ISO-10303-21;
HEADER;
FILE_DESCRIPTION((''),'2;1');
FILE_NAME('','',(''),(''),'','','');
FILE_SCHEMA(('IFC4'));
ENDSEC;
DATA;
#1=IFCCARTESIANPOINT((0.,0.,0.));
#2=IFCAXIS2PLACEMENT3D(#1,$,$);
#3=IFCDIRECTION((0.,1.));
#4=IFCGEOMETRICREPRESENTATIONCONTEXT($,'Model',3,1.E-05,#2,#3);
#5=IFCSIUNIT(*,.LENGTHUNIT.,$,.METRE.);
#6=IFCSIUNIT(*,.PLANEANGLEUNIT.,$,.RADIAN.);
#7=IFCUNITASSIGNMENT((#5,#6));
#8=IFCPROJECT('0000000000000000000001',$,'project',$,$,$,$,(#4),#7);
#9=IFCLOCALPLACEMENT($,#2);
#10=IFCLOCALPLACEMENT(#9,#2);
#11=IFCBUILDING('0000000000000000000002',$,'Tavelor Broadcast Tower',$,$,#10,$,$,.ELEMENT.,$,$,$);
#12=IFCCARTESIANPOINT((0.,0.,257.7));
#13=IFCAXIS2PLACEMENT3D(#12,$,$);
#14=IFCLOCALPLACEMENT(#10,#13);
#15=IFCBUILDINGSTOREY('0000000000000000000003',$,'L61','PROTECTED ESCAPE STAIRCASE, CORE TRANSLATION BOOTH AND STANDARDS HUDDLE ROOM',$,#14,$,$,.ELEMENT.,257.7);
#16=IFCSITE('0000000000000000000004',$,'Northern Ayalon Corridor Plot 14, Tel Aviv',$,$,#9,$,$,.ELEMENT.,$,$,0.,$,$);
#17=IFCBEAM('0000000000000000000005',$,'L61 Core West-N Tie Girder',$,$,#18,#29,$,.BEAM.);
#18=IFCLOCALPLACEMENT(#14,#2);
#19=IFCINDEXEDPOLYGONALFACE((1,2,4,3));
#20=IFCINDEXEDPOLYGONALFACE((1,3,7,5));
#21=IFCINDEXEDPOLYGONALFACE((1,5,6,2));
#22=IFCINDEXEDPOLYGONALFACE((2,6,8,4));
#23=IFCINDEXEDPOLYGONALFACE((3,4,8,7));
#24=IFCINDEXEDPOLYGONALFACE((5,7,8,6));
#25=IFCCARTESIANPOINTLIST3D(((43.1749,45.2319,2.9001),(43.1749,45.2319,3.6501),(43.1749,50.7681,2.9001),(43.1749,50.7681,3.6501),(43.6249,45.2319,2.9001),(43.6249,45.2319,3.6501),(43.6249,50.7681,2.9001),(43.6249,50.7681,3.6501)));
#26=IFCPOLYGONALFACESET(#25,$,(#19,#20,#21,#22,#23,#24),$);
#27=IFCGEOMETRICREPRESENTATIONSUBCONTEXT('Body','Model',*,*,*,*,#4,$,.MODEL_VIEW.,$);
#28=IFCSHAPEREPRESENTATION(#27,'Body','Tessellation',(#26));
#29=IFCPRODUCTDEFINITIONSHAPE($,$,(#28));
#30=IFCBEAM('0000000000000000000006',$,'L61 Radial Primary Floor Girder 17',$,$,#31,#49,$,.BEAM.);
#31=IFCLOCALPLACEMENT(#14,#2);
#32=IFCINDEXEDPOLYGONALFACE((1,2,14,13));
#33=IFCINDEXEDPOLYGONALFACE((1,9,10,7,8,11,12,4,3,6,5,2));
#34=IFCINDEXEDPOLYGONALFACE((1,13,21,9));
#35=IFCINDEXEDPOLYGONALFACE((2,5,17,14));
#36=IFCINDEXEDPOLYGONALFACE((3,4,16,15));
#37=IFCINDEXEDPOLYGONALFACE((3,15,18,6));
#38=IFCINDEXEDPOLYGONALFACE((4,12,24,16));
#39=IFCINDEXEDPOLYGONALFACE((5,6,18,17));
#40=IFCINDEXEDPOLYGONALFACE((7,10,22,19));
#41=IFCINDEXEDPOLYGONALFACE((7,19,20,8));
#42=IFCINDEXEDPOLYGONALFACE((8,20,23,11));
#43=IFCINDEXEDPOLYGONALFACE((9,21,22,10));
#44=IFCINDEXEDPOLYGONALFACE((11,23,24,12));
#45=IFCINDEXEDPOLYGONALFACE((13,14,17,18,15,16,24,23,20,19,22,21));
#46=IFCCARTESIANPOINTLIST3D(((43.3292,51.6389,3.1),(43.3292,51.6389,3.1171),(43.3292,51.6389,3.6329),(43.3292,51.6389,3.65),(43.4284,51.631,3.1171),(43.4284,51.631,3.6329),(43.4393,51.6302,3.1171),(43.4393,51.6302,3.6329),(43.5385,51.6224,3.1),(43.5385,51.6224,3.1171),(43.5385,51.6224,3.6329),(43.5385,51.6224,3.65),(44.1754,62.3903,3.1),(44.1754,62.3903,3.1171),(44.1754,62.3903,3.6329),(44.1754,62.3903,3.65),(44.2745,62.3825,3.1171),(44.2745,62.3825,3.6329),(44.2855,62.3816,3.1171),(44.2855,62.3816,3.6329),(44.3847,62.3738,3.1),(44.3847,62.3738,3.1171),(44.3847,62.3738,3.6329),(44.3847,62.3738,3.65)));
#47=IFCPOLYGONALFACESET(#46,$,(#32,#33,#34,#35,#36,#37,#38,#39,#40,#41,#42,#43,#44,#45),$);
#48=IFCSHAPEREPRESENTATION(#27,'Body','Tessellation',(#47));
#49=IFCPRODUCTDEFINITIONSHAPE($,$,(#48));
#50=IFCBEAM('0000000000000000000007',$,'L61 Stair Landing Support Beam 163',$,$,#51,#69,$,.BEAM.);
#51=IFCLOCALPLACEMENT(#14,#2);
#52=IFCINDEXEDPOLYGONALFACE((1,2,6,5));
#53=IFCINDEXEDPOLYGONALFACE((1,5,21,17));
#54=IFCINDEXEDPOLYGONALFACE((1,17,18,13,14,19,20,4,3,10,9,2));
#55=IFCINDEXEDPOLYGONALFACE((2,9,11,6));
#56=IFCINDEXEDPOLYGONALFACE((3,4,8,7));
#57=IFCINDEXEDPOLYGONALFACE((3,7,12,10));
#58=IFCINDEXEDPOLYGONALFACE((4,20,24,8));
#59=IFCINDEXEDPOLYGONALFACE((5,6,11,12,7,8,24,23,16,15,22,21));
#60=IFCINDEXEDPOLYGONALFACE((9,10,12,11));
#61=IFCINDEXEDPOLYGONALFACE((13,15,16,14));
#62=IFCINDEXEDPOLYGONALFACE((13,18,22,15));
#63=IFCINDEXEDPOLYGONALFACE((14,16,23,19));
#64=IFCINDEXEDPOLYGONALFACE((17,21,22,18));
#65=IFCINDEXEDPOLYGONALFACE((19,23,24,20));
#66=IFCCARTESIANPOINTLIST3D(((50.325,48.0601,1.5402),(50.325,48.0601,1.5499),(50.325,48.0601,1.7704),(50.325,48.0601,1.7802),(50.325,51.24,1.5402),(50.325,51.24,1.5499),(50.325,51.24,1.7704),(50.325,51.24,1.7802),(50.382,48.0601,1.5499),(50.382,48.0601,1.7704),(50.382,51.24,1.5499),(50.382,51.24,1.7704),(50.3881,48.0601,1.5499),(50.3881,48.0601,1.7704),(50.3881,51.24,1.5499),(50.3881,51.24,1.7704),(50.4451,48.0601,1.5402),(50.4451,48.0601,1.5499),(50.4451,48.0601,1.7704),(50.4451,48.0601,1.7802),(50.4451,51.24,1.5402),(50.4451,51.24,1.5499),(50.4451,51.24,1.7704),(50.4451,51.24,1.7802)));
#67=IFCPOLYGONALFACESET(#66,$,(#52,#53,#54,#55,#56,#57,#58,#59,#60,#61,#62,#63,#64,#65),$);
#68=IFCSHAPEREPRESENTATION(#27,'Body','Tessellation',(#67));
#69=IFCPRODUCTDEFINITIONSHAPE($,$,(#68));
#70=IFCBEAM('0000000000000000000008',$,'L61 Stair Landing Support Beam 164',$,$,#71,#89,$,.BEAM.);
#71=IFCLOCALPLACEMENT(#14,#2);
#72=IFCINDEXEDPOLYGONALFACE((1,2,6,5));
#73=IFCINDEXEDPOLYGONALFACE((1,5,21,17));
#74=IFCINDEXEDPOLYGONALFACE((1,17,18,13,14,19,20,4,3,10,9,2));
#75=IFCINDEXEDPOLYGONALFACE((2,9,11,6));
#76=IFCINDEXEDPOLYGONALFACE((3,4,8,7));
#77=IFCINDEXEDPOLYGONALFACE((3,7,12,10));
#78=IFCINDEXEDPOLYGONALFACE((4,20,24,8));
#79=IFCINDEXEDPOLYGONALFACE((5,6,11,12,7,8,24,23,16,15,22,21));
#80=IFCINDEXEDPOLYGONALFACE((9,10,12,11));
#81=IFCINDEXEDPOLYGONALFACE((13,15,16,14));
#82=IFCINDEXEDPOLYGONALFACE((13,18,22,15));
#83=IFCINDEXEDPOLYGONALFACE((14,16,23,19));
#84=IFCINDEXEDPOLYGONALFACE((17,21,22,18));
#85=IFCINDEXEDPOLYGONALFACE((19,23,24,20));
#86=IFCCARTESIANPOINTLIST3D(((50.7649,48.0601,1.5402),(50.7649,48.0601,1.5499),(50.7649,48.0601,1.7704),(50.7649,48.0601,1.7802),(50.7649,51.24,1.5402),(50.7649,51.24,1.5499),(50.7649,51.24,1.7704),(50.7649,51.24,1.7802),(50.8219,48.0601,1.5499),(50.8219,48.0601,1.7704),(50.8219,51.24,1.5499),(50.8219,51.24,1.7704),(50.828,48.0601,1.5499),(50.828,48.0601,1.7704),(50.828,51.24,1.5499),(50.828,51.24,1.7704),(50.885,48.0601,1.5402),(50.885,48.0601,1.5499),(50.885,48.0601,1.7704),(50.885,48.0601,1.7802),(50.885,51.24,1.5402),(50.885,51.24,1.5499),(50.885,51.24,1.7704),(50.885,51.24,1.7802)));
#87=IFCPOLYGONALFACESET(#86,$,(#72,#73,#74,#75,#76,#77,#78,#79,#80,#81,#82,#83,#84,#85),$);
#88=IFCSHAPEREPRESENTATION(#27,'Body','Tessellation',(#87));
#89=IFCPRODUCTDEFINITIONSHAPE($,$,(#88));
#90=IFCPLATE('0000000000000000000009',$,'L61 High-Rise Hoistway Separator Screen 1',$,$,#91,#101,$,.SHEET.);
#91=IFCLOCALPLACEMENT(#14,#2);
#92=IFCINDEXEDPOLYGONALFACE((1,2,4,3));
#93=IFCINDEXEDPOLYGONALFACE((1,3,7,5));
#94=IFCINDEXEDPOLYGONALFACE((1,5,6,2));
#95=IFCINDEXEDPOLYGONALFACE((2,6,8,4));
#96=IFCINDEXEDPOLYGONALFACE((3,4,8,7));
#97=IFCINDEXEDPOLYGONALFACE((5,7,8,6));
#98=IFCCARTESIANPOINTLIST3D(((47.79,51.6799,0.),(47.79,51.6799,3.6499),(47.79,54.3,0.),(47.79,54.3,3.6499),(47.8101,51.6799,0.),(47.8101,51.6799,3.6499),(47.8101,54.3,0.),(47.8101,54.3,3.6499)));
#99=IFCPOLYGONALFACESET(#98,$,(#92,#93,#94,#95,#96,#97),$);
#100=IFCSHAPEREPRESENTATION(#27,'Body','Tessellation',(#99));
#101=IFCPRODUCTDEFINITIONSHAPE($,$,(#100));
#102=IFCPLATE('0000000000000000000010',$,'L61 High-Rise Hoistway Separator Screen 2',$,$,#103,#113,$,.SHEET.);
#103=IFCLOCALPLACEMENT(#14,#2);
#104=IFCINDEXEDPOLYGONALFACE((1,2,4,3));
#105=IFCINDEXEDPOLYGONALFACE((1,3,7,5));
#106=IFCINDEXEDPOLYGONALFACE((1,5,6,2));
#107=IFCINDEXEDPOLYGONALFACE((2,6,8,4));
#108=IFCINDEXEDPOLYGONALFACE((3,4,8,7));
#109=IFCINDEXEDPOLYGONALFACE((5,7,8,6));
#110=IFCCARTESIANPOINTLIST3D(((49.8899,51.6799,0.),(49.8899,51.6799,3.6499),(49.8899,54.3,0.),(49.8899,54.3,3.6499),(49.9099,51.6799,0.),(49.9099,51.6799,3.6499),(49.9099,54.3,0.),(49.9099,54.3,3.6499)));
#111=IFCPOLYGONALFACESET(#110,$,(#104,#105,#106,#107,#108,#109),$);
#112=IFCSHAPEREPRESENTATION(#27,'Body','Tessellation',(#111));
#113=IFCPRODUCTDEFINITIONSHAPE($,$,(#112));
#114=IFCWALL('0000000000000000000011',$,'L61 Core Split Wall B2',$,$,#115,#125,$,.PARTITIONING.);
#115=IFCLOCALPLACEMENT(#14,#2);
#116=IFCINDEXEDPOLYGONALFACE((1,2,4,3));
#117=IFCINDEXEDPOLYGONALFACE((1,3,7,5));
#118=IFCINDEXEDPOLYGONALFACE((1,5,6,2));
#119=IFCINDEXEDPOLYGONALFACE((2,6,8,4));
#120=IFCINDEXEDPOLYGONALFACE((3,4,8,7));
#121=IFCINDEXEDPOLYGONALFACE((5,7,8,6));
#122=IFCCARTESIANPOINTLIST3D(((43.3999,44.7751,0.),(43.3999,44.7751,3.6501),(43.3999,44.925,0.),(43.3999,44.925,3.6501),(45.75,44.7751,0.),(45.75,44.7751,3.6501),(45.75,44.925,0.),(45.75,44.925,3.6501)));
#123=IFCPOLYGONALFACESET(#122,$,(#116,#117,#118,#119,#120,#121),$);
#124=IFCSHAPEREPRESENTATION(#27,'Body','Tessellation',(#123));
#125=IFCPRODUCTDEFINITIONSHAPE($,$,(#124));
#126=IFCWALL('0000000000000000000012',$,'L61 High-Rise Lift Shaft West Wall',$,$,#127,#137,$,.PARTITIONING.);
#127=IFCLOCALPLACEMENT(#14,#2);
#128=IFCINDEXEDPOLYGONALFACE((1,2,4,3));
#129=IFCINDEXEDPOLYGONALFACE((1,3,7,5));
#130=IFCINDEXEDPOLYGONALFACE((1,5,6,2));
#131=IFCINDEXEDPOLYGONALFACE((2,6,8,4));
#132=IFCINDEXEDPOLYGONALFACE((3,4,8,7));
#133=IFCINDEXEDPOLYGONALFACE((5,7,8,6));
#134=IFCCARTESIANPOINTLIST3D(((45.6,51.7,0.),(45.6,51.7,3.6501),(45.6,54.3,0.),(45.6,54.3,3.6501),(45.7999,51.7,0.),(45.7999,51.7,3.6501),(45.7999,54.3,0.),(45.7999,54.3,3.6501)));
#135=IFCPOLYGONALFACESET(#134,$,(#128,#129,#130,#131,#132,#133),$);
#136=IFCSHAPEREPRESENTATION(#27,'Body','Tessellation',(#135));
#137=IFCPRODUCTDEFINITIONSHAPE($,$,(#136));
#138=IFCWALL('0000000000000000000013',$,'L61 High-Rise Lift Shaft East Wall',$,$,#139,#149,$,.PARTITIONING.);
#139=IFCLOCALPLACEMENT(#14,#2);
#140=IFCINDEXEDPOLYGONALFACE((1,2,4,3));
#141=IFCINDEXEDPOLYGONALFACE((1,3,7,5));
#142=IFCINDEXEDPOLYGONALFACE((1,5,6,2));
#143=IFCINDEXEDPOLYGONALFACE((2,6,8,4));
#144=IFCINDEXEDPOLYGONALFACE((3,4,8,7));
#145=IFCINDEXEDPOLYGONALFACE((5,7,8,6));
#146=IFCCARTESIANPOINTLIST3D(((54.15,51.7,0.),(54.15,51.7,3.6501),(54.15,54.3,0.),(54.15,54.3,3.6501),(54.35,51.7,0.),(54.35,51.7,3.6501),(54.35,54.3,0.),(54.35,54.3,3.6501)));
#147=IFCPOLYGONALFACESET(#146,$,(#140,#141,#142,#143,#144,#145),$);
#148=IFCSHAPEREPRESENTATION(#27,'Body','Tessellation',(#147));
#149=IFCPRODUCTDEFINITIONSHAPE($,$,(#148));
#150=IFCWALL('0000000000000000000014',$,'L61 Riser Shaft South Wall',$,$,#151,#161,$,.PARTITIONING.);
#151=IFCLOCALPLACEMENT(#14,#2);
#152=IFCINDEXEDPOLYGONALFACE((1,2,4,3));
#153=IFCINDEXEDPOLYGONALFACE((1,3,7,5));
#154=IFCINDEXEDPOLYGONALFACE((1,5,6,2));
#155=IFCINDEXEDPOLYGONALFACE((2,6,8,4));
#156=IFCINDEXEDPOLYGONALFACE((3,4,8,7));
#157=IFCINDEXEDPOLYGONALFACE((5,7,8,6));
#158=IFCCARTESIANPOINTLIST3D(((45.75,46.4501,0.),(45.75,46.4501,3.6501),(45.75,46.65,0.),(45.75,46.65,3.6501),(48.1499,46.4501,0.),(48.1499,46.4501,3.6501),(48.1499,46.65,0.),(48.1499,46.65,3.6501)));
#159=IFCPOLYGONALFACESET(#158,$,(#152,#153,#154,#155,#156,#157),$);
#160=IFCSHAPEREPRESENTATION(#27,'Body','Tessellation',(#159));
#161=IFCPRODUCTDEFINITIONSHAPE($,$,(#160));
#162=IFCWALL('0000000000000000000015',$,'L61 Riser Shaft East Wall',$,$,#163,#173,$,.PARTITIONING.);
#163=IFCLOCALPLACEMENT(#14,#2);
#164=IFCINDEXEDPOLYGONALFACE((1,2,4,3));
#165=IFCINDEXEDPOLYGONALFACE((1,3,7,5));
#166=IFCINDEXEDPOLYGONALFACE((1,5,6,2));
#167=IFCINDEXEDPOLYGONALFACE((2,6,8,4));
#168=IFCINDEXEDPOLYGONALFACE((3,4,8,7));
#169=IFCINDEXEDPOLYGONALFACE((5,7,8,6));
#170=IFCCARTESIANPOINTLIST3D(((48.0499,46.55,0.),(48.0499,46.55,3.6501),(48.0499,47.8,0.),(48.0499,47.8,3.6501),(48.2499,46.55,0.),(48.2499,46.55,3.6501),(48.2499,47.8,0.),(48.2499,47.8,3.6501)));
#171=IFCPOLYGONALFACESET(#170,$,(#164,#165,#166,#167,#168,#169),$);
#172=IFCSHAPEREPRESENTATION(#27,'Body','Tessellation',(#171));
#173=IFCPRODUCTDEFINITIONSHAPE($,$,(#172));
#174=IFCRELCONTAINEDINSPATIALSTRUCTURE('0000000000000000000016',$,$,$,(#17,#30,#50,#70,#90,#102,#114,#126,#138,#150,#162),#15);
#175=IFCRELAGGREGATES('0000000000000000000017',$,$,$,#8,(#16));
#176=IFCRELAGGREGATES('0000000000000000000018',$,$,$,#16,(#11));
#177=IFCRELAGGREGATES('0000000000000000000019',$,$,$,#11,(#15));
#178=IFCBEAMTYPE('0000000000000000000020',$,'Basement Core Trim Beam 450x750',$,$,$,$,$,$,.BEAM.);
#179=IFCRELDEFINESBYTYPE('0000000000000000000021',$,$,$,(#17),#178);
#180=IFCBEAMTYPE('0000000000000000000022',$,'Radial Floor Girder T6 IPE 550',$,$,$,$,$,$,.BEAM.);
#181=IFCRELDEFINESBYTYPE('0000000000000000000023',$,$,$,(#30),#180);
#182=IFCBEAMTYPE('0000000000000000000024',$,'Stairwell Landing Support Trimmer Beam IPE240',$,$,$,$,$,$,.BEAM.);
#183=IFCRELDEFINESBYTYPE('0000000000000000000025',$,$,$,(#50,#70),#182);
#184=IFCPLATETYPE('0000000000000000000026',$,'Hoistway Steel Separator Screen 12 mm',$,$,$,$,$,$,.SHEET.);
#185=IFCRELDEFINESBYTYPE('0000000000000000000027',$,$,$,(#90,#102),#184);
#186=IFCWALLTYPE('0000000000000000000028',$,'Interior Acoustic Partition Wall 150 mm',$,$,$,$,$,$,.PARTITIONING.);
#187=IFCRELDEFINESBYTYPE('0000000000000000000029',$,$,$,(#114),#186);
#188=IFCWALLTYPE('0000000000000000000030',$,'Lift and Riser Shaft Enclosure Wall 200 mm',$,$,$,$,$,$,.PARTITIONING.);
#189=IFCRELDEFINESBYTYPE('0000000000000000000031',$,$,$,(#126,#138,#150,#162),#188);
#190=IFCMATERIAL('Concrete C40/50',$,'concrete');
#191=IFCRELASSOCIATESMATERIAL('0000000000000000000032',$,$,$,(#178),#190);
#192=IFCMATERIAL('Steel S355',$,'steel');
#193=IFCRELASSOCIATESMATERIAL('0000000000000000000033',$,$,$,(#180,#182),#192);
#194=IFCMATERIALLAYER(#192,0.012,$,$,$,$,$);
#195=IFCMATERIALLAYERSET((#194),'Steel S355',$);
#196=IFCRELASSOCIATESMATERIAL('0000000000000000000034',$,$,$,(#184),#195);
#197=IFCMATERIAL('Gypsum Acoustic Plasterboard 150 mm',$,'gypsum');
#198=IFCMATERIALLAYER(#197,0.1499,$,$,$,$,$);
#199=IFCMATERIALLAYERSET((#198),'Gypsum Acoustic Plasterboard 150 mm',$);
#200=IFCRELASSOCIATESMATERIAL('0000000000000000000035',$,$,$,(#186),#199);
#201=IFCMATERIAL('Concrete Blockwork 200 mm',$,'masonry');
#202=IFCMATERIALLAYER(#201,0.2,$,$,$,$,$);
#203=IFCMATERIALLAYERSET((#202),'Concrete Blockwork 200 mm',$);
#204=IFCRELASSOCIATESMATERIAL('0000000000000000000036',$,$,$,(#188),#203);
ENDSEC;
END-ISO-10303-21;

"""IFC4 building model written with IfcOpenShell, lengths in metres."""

from ifc_helpers import new_model, si_unit, direction, frame, frame_2d, origin, origin_2d, place, context, subcontext, project, spatial, rectangle, i_section, extrude, source, transform, mapped, material, layer, layer_set, material_profile, profile_set, type_object, type_shapes, element, save


model = new_model("IFC4")

# Units and contexts
model_context = context("Model", 3, precision=1e-05, world=origin(), true_north=direction((0.0, 1.0)))
body_context = subcontext(model_context, "Body", "Model", "MODEL_VIEW")
ifc_project = project(units=[si_unit("LENGTHUNIT", "METRE"), si_unit("PLANEANGLEUNIT", "RADIAN")], contexts=[model_context])

# Site, building, storey
site_placement = place(None, origin())
site = spatial("IfcSite", under=ifc_project, at=site_placement, Name="Northern Ayalon Corridor Plot 14, Tel Aviv", CompositionType="ELEMENT", RefElevation=0.0)
building_placement = place(site_placement, origin())
building = spatial("IfcBuilding", under=site, at=building_placement, Name="Tavelor Broadcast Tower", CompositionType="ELEMENT")
storey_placement = place(building_placement, frame((0.0, 0.0, 257.7)))
storey = spatial("IfcBuildingStorey", under=building, at=storey_placement, Name="L61", Description="PROTECTED ESCAPE STAIRCASE, CORE TRANSLATION BOOTH AND STANDARDS HUDDLE ROOM", CompositionType="ELEMENT", Elevation=257.7)

# Beams
ifc_material_1 = material(Name="Concrete C40/50", Category="concrete")
ifc_material_profile_1 = material_profile(ifc_material_1, rectangle(XDim=0.45, YDim=0.75, at=origin_2d()), Name="RC 450x750")
ifc_profile_set_1 = profile_set([ifc_material_profile_1], Name="Concrete C40/50")
beam_type_1 = type_object("IfcBeamType", Name="Basement Core Trim Beam 450x750", PredefinedType="BEAM", material=ifc_profile_set_1)
beam_1_placement = place(storey_placement, frame((43.3999, 45.2319, 3.2751), z_axis=(0.0, 1.0, 0.0), x_axis=(-1.0, 0.0, 0.0)))
element("IfcBeam", 1, at=beam_1_placement, inside=storey, type_object=beam_type_1, Name="L61 Core West-N Tie Girder", PredefinedType="BEAM", context=body_context, shape_type="SweptSolid", body=[
    extrude(rectangle(XDim=0.45, YDim=0.75, at=origin_2d()), origin(), (0.0, 0.0, 1.0), 5.5361),
])
ifc_material_2 = material(Name="Steel S355", Category="steel")
ifc_material_profile_2 = material_profile(ifc_material_2, i_section(OverallWidth=0.21, OverallDepth=0.55, WebThickness=0.011, FlangeThickness=0.0171, at=origin_2d()), Name="IPE 550")
ifc_profile_set_2 = profile_set([ifc_material_profile_2], Name="Steel S355")
beam_type_2 = type_object("IfcBeamType", Name="Radial Floor Girder T6 IPE 550", PredefinedType="BEAM", material=ifc_profile_set_2)
beam_2_placement = place(storey_placement, frame((43.4338, 51.6306, 3.375), z_axis=(0.078462, 0.996917, 0.0), x_axis=(-0.996917, 0.078462, 0.0)))
element("IfcBeam", 2, at=beam_2_placement, inside=storey, type_object=beam_type_2, Name="L61 Radial Primary Floor Girder 17", PredefinedType="BEAM", context=body_context, shape_type="SweptSolid", body=[
    extrude(i_section(OverallWidth=0.21, OverallDepth=0.55, WebThickness=0.011, FlangeThickness=0.0171, at=origin_2d()), origin(), (0.0, 0.0, 1.0), 10.7847),
])
ifc_material_profile_3 = material_profile(ifc_material_2, i_section(OverallWidth=0.1201, OverallDepth=0.24, WebThickness=0.0061, FlangeThickness=0.0098, at=origin_2d()), Name="IPE 240")
ifc_profile_set_3 = profile_set([ifc_material_profile_3], Name="Steel S355")
beam_type_3 = type_object("IfcBeamType", Name="Stairwell Landing Support Trimmer Beam IPE240", PredefinedType="BEAM", material=ifc_profile_set_3)
for number, where, z_axis, x_axis, name in (
    (3, (50.385, 48.0601, 1.6602), (0.0, 1.0, 0.0), (-1.0, 0.0, 0.0), "L61 Stair Landing Support Beam 163"),
    (4, (50.825, 48.0601, 1.6602), (0.0, 1.0, 0.0), (-1.0, 0.0, 0.0), "L61 Stair Landing Support Beam 164"),
):
    element("IfcBeam", number, at=place(storey_placement, frame(where, z_axis=z_axis, x_axis=x_axis)), inside=storey, type_object=beam_type_3, Name=name, PredefinedType="BEAM", context=body_context, shape_type="SweptSolid", body=[
        extrude(i_section(OverallWidth=0.1201, OverallDepth=0.24, WebThickness=0.0061, FlangeThickness=0.0098, at=origin_2d()), origin(), (0.0, 0.0, 1.0), 3.1799),
    ])

# Plates
ifc_layer_1 = layer(ifc_material_2, 0.012)
ifc_layer_set_1 = layer_set([ifc_layer_1], Name="Steel S355")
plate_type = type_object("IfcPlateType", Name="Hoistway Steel Separator Screen 12 mm", PredefinedType="SHEET", material=ifc_layer_set_1)
shared_shape = source(origin(), body_context, "Body", "SweptSolid", [
    extrude(rectangle(XDim=0.02, YDim=2.6201, at=origin_2d()), origin(), (0.0, 0.0, 1.0), 3.6499),
])
type_shapes(plate_type, [shared_shape])
for number, where, z_axis, x_axis, name in (
    (5, (47.8, 52.99, 0.0), (0.0, 0.0, 1.0), (1.0, 0.0, 0.0), "L61 High-Rise Hoistway Separator Screen 1"),
    (6, (49.8999, 52.99, 0.0), (0.0, 0.0, 1.0), (1.0, 0.0, 0.0), "L61 High-Rise Hoistway Separator Screen 2"),
):
    element("IfcPlate", number, at=place(storey_placement, frame(where, z_axis=z_axis, x_axis=x_axis)), inside=storey, type_object=plate_type, Name=name, PredefinedType="SHEET", context=body_context, shape_type="MappedRepresentation", body=[
        mapped(shared_shape, transform((0.0, 0.0, 0.0), scale=1.0)),
    ])

# Walls
ifc_material_3 = material(Name="Gypsum Acoustic Plasterboard 150 mm", Category="gypsum")
ifc_layer_2 = layer(ifc_material_3, 0.1499)
ifc_layer_set_2 = layer_set([ifc_layer_2], Name="Gypsum Acoustic Plasterboard 150 mm")
wall_type_1 = type_object("IfcWallType", Name="Interior Acoustic Partition Wall 150 mm", PredefinedType="PARTITIONING", material=ifc_layer_set_2)
wall_1_placement = place(storey_placement, frame((43.3999, 44.8501, 0.0), z_axis=(0.0, 0.0, 1.0), x_axis=(1.0, 0.0, 0.0)))
element("IfcWall", 7, at=wall_1_placement, inside=storey, type_object=wall_type_1, Name="L61 Core Split Wall B2", PredefinedType="PARTITIONING", context=body_context, shape_type="SweptSolid", body=[
    extrude(rectangle(XDim=2.3501, YDim=0.1499, at=frame_2d((1.175, 0.0))), origin(), (0.0, 0.0, 1.0), 3.6501),
])
ifc_material_4 = material(Name="Concrete Blockwork 200 mm", Category="masonry")
ifc_layer_3 = layer(ifc_material_4, 0.2)
ifc_layer_set_3 = layer_set([ifc_layer_3], Name="Concrete Blockwork 200 mm")
wall_type_2 = type_object("IfcWallType", Name="Lift and Riser Shaft Enclosure Wall 200 mm", PredefinedType="PARTITIONING", material=ifc_layer_set_3)
for number, where, z_axis, x_axis, name in (
    (8, (45.7, 51.7, 0.0), (0.0, 0.0, 1.0), (0.0, 1.0, 0.0), "L61 High-Rise Lift Shaft West Wall"),
    (9, (54.25, 51.7, 0.0), (0.0, 0.0, 1.0), (0.0, 1.0, 0.0), "L61 High-Rise Lift Shaft East Wall"),
):
    element("IfcWall", number, at=place(storey_placement, frame(where, z_axis=z_axis, x_axis=x_axis)), inside=storey, type_object=wall_type_2, Name=name, PredefinedType="PARTITIONING", context=body_context, shape_type="SweptSolid", body=[
        extrude(rectangle(XDim=2.6001, YDim=0.2, at=frame_2d((1.3, 0.0))), origin(), (0.0, 0.0, 1.0), 3.6501),
    ])
wall_2_placement = place(storey_placement, frame((45.75, 46.55, 0.0), z_axis=(0.0, 0.0, 1.0), x_axis=(1.0, 0.0, 0.0)))
element("IfcWall", 10, at=wall_2_placement, inside=storey, type_object=wall_type_2, Name="L61 Riser Shaft South Wall", PredefinedType="PARTITIONING", context=body_context, shape_type="SweptSolid", body=[
    extrude(rectangle(XDim=2.3999, YDim=0.2, at=frame_2d((1.2, 0.0))), origin(), (0.0, 0.0, 1.0), 3.6501),
])
wall_3_placement = place(storey_placement, frame((48.1499, 46.55, 0.0), z_axis=(0.0, 0.0, 1.0), x_axis=(0.0, 1.0, 0.0)))
element("IfcWall", 11, at=wall_3_placement, inside=storey, type_object=wall_type_2, Name="L61 Riser Shaft East Wall", PredefinedType="PARTITIONING", context=body_context, shape_type="SweptSolid", body=[
    extrude(rectangle(XDim=1.25, YDim=0.2, at=frame_2d((0.625, 0.0))), origin(), (0.0, 0.0, 1.0), 3.6501),
])

save(model, "model.ifc")
